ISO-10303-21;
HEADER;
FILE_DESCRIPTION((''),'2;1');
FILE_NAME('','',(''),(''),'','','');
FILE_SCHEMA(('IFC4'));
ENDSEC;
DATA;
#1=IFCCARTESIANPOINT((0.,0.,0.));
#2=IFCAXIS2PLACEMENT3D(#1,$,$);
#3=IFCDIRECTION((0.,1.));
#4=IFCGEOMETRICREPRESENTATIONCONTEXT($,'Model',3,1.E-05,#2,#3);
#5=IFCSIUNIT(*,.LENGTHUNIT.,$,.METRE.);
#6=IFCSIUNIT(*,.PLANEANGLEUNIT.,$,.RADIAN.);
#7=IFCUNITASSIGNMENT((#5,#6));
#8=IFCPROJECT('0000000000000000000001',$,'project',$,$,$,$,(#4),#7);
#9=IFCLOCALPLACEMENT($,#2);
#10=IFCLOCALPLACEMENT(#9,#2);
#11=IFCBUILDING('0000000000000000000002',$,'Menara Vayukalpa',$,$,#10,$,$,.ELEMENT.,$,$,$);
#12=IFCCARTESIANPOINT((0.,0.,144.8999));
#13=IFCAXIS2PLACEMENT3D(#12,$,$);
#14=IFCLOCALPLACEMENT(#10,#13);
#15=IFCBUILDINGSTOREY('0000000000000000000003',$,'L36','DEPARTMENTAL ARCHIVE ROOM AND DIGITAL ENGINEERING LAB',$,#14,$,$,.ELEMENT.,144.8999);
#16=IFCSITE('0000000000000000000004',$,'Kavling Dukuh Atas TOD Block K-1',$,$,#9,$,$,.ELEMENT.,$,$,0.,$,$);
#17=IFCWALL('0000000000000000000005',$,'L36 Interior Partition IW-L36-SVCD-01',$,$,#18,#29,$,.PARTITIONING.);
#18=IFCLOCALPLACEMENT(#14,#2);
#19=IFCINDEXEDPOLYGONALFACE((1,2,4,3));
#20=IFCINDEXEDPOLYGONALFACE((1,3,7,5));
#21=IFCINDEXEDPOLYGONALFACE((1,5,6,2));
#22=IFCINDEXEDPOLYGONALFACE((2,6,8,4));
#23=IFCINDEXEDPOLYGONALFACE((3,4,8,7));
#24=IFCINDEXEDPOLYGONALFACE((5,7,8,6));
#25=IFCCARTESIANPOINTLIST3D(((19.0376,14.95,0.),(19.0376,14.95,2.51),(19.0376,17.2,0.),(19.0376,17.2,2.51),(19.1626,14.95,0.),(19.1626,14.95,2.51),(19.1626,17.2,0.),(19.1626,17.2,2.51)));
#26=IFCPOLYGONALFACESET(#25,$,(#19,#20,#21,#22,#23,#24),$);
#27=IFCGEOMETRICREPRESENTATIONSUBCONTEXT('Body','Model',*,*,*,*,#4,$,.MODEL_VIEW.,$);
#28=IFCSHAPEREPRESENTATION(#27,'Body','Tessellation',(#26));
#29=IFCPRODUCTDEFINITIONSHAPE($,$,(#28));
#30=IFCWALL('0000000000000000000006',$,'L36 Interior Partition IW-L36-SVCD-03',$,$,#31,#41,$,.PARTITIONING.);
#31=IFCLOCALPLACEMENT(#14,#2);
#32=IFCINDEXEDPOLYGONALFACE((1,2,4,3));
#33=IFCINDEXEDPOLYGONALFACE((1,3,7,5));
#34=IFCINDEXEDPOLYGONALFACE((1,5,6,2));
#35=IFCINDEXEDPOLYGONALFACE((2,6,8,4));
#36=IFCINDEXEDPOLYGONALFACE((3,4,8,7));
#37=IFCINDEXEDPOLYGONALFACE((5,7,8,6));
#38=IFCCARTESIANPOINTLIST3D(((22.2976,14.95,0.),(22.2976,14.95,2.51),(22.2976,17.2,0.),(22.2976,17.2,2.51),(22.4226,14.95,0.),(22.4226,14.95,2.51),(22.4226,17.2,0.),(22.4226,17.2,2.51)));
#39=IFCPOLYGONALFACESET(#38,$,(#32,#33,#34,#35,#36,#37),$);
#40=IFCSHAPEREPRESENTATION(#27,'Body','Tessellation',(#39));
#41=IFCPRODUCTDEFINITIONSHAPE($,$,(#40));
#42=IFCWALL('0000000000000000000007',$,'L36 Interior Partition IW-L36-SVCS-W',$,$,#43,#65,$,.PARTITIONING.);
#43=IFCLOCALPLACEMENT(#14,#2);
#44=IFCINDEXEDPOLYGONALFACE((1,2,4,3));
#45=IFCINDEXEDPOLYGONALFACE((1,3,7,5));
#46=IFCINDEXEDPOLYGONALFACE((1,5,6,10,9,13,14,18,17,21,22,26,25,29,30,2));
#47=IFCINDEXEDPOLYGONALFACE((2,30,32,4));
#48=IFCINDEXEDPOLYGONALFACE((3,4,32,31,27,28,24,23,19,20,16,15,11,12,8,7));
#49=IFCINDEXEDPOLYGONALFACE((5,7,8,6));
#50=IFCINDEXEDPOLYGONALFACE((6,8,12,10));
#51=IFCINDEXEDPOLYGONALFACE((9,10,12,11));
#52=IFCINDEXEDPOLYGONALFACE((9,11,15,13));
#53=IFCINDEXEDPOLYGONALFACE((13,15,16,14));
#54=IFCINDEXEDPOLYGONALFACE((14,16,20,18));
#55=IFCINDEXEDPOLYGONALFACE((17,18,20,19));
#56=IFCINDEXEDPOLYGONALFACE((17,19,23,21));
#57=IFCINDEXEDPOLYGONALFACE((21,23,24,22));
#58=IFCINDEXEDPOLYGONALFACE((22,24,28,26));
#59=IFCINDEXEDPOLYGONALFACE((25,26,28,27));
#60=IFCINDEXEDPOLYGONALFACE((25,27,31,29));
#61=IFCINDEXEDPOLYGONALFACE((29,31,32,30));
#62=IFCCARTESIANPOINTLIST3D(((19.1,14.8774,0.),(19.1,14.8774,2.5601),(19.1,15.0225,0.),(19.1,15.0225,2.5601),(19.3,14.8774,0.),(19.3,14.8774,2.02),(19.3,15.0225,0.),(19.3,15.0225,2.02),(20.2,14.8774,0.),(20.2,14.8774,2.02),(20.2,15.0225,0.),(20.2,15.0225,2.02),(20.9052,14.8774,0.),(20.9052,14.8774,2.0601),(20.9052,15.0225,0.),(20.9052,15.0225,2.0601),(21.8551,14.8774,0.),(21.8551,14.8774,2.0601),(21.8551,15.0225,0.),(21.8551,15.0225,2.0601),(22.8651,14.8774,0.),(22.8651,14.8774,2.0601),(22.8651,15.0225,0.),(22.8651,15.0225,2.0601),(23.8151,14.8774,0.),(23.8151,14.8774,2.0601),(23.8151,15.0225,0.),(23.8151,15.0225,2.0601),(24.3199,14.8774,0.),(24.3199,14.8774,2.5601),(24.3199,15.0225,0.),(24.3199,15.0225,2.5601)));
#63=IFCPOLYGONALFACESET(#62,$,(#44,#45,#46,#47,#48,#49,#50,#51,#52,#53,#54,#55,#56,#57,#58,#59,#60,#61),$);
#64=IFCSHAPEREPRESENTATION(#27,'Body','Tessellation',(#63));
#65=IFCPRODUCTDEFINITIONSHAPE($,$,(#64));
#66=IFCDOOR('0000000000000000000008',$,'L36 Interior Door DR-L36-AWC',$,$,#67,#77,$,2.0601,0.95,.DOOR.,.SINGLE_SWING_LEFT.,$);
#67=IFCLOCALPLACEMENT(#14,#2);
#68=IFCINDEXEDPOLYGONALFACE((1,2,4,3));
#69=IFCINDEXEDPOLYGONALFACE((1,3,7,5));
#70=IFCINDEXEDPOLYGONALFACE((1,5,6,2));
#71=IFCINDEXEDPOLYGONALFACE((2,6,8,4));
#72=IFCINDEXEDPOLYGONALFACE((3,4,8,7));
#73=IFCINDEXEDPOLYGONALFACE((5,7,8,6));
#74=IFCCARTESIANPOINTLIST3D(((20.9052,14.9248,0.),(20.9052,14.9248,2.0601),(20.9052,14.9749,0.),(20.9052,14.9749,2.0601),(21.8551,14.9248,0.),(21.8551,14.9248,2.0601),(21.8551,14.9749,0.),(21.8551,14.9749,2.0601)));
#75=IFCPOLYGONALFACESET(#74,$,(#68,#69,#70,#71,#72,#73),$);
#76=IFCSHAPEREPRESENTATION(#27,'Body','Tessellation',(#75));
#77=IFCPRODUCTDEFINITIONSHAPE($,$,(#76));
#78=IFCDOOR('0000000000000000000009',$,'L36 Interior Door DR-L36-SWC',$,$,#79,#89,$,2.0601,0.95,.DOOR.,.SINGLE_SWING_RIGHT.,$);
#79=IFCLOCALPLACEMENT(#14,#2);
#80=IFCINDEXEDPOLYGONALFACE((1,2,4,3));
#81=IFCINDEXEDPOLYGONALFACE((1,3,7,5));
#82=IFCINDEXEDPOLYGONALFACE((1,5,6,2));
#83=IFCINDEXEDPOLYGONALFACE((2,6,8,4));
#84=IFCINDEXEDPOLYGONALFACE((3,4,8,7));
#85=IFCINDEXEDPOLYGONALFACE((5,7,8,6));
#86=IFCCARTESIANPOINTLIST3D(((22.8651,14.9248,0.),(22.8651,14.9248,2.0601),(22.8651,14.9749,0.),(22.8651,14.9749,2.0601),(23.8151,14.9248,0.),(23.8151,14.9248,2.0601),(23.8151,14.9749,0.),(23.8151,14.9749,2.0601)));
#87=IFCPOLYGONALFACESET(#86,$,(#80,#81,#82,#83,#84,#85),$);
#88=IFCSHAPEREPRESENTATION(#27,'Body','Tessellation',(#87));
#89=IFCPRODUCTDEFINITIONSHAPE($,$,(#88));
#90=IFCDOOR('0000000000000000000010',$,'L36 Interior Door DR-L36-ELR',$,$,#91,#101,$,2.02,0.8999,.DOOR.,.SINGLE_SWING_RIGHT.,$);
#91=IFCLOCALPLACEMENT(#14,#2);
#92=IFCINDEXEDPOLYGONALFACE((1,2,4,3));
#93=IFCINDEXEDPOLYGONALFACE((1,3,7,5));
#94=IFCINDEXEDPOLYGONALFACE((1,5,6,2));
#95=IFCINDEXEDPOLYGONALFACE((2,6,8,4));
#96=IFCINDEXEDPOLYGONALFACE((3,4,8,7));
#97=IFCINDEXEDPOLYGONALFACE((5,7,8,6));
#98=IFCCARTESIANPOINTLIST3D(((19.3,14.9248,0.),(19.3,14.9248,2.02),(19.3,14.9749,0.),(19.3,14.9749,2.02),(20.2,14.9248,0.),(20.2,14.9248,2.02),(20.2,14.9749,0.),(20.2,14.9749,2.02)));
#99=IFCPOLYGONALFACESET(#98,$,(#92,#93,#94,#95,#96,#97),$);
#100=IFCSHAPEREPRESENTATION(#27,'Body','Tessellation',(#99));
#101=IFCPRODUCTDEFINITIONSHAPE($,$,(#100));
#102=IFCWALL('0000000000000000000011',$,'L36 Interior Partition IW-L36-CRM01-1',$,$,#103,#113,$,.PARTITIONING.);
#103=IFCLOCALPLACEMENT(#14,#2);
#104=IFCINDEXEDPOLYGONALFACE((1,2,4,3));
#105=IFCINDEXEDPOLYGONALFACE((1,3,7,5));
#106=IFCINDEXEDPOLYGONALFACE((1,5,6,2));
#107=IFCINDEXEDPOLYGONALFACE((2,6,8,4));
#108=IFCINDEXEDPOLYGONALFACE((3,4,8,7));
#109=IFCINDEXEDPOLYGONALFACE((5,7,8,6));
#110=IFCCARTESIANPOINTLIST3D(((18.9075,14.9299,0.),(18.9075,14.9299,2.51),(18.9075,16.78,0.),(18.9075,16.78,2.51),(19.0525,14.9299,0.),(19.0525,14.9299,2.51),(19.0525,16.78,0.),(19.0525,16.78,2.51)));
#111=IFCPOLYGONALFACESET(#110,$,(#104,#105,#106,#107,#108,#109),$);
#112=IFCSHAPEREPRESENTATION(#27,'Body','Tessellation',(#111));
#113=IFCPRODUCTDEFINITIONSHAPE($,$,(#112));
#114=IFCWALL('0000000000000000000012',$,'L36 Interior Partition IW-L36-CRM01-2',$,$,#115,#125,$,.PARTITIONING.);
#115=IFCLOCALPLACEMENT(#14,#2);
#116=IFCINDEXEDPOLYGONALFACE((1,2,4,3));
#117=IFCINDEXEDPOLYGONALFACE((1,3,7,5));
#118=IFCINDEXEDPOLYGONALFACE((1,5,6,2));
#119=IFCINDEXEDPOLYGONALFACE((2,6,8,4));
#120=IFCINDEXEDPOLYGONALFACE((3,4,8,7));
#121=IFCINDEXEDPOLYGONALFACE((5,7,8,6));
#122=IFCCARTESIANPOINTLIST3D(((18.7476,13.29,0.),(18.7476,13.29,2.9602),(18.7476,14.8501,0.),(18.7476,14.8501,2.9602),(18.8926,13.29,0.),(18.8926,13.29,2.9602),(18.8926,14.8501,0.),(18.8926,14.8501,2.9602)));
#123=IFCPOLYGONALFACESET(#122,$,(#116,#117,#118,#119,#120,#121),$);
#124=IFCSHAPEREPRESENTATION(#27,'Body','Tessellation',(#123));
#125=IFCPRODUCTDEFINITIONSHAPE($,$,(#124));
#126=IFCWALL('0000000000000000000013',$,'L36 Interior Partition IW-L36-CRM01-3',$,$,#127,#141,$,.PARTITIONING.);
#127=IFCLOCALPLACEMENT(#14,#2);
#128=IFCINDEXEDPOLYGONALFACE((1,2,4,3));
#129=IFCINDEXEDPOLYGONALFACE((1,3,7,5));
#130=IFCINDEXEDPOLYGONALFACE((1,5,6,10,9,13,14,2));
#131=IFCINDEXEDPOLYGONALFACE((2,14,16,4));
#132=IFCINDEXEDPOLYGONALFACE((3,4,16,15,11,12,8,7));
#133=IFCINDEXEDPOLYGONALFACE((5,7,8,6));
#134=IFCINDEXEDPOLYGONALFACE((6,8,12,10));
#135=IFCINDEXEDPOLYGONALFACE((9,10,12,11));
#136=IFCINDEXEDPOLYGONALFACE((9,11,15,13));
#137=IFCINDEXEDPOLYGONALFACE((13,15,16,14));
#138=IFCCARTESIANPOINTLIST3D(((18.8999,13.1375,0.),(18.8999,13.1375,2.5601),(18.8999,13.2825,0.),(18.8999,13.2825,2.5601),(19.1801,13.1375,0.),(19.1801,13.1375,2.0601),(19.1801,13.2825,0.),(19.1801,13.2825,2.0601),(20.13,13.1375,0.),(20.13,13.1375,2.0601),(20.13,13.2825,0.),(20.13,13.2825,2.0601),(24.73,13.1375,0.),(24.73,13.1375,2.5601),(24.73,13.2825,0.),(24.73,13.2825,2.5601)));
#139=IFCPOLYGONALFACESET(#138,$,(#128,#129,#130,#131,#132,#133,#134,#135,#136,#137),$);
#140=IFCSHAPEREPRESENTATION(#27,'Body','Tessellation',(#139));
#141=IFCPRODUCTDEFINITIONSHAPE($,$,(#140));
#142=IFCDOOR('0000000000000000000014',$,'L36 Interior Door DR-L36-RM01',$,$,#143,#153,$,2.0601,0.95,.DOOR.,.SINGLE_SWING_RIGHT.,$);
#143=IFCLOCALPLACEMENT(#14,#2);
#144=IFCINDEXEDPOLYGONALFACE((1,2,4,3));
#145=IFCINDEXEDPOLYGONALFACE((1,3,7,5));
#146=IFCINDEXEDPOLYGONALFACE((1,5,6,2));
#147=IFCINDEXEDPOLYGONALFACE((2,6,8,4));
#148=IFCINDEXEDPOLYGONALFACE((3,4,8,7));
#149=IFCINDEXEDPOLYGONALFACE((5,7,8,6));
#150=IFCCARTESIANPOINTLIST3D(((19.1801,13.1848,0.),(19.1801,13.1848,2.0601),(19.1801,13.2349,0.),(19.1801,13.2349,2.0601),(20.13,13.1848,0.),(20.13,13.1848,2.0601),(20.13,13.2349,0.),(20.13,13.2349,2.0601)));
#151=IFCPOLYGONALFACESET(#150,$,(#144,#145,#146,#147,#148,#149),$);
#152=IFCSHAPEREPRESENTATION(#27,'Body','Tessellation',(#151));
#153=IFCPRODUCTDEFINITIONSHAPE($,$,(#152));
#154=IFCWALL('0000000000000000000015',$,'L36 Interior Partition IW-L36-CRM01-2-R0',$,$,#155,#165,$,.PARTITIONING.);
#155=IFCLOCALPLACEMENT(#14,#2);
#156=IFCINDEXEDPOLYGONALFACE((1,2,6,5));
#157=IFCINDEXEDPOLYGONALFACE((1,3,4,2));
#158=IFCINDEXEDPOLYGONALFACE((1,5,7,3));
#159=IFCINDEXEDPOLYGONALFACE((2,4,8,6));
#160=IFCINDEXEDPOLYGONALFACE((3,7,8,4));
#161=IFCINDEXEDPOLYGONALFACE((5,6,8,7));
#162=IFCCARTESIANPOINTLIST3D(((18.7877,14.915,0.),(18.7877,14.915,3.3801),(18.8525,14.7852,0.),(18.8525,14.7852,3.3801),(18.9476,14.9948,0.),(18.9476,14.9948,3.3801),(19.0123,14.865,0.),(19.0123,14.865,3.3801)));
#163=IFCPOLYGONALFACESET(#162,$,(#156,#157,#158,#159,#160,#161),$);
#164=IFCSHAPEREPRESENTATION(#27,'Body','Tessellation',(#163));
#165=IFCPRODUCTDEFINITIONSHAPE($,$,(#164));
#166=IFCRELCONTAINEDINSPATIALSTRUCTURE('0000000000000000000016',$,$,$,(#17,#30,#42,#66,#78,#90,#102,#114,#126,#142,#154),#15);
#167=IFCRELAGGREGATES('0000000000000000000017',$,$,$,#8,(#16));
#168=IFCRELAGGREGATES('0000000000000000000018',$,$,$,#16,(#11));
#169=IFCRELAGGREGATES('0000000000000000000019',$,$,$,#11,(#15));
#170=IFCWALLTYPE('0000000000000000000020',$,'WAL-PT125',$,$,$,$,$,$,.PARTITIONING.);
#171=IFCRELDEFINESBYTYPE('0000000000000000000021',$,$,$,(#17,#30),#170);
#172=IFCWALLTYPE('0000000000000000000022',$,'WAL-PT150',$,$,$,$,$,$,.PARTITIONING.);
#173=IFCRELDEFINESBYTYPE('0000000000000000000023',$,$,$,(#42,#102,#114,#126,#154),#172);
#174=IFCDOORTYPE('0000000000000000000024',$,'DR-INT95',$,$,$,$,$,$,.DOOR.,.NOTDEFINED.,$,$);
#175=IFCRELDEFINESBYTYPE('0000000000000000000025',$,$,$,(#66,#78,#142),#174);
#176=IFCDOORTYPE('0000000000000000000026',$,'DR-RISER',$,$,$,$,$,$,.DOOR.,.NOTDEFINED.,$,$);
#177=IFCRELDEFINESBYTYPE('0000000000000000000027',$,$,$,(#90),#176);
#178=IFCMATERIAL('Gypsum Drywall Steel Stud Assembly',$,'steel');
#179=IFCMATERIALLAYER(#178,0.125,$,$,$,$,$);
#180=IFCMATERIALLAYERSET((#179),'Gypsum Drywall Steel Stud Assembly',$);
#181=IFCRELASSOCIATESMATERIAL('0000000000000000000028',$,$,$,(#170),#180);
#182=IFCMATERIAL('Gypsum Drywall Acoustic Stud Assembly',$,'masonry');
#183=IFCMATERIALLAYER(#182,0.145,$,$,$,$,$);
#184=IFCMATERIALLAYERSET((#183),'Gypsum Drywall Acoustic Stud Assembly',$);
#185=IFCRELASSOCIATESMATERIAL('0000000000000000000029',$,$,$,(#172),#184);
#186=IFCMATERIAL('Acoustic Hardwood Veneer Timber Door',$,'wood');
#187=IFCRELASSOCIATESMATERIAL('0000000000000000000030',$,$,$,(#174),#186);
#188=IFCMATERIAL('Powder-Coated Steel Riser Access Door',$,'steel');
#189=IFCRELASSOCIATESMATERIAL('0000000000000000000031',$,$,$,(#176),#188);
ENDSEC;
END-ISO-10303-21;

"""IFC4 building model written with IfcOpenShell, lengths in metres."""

from ifc_helpers import new_model, si_unit, direction, frame, frame_2d, origin, place, context, subcontext, project, spatial, rectangle, extrude, material, layer, layer_set, type_object, element, fill, save


model = new_model("IFC4")

# Units and contexts
model_context = context("Model", 3, precision=1e-05, world=origin(), true_north=direction((0.0, 1.0)))
body_context = subcontext(model_context, "Body", "Model", "MODEL_VIEW")
ifc_project = project(units=[si_unit("LENGTHUNIT", "METRE"), si_unit("PLANEANGLEUNIT", "RADIAN")], contexts=[model_context])

# Site, building, storey
site_placement = place(None, origin())
site = spatial("IfcSite", under=ifc_project, at=site_placement, Name="Kavling Dukuh Atas TOD Block K-1", CompositionType="ELEMENT", RefElevation=0.0)
building_placement = place(site_placement, origin())
building = spatial("IfcBuilding", under=site, at=building_placement, Name="Menara Vayukalpa", CompositionType="ELEMENT")
storey_placement = place(building_placement, frame((0.0, 0.0, 144.8999)))
storey = spatial("IfcBuildingStorey", under=building, at=storey_placement, Name="L36", Description="DEPARTMENTAL ARCHIVE ROOM AND DIGITAL ENGINEERING LAB", CompositionType="ELEMENT", Elevation=144.8999)

# Walls
ifc_material_1 = material(Name="Gypsum Drywall Steel Stud Assembly", Category="steel")
ifc_layer_1 = layer(ifc_material_1, 0.125)
ifc_layer_set_1 = layer_set([ifc_layer_1], Name="Gypsum Drywall Steel Stud Assembly")
wall_type_1 = type_object("IfcWallType", Name="WAL-PT125", PredefinedType="PARTITIONING", material=ifc_layer_set_1)
for number, where, z_axis, x_axis, name in (
    (1, (19.1001, 14.95, 0.0), (0.0, 0.0, 1.0), (0.0, 1.0, 0.0), "L36 Interior Partition IW-L36-SVCD-01"),
    (2, (22.3601, 14.95, 0.0), (0.0, 0.0, 1.0), (0.0, 1.0, 0.0), "L36 Interior Partition IW-L36-SVCD-03"),
):
    element("IfcWall", number, at=place(storey_placement, frame(where, z_axis=z_axis, x_axis=x_axis)), inside=storey, type_object=wall_type_1, Name=name, PredefinedType="PARTITIONING", context=body_context, shape_type="SweptSolid", body=[
        extrude(rectangle(XDim=2.25, YDim=0.125, at=frame_2d((1.125, 0.0))), origin(), (0.0, 0.0, 1.0), 2.51),
    ])

# Wall, openings, doors
ifc_material_2 = material(Name="Gypsum Drywall Acoustic Stud Assembly", Category="masonry")
ifc_layer_2 = layer(ifc_material_2, 0.145)
ifc_layer_set_2 = layer_set([ifc_layer_2], Name="Gypsum Drywall Acoustic Stud Assembly")
wall_type_2 = type_object("IfcWallType", Name="WAL-PT150", PredefinedType="PARTITIONING", material=ifc_layer_set_2)
wall_1_placement = place(storey_placement, frame((19.1001, 14.95, 0.0), z_axis=(0.0, 0.0, 1.0), x_axis=(1.0, 0.0, 0.0)))
wall_1 = element("IfcWall", 3, at=wall_1_placement, inside=storey, type_object=wall_type_2, Name="L36 Interior Partition IW-L36-SVCS-W", PredefinedType="PARTITIONING", context=body_context, shape_type="SweptSolid", body=[
    extrude(rectangle(XDim=5.22, YDim=0.145, at=frame_2d((2.6099, 0.0))), origin(), (0.0, 0.0, 1.0), 2.5601),
])
opening_1_placement = place(wall_1_placement, frame((0.2, 0.0, 0.0)))
opening_1 = element("IfcOpeningElement", 4, at=opening_1_placement, cuts=wall_1, PredefinedType="OPENING", context=body_context, shape_type="SweptSolid", body=[
    extrude(rectangle(XDim=0.8999, YDim=2.02, at=frame_2d((0.45, 1.01))), frame((0.0, 0.0825, 0.0), z_axis=(0.0, -1.0, 0.0), x_axis=(1.0, 0.0, 0.0)), (0.0, 0.0, 1.0), 0.165),
])
opening_2_placement = place(wall_1_placement, frame((1.8049, 0.0, 0.0)))
opening_2 = element("IfcOpeningElement", 5, at=opening_2_placement, cuts=wall_1, PredefinedType="OPENING", context=body_context, shape_type="SweptSolid", body=[
    extrude(rectangle(XDim=0.95, YDim=2.0601, at=frame_2d((0.4751, 1.03))), frame((0.0, 0.0825, 0.0), z_axis=(0.0, -1.0, 0.0), x_axis=(1.0, 0.0, 0.0)), (0.0, 0.0, 1.0), 0.165),
])
opening_3_placement = place(wall_1_placement, frame((3.7649, 0.0, 0.0)))
opening_3 = element("IfcOpeningElement", 6, at=opening_3_placement, cuts=wall_1, PredefinedType="OPENING", context=body_context, shape_type="SweptSolid", body=[
    extrude(rectangle(XDim=0.95, YDim=2.0601, at=frame_2d((0.4751, 1.03))), frame((0.0, 0.0825, 0.0), z_axis=(0.0, -1.0, 0.0), x_axis=(1.0, 0.0, 0.0)), (0.0, 0.0, 1.0), 0.165),
])
ifc_material_3 = material(Name="Acoustic Hardwood Veneer Timber Door", Category="wood")
door_type_1 = type_object("IfcDoorType", Name="DR-INT95", OperationType="NOTDEFINED", PredefinedType="DOOR", material=ifc_material_3)
door_1_placement = place(opening_2_placement, origin())
door_1 = element("IfcDoor", 7, at=door_1_placement, inside=storey, type_object=door_type_1, Name="L36 Interior Door DR-L36-AWC", OperationType="SINGLE_SWING_LEFT", OverallHeight=2.0601, OverallWidth=0.95, PredefinedType="DOOR", context=body_context, shape_type="SweptSolid", body=[
    extrude(rectangle(XDim=0.95, YDim=2.0601, at=frame_2d((0.4751, 1.03))), frame((0.0, 0.0249, 0.0), z_axis=(0.0, -1.0, 0.0), x_axis=(1.0, 0.0, 0.0)), (0.0, 0.0, 1.0), 0.05),
])
fill(opening_2, door_1)
door_2_placement = place(opening_3_placement, origin())
door_2 = element("IfcDoor", 8, at=door_2_placement, inside=storey, type_object=door_type_1, Name="L36 Interior Door DR-L36-SWC", OperationType="SINGLE_SWING_RIGHT", OverallHeight=2.0601, OverallWidth=0.95, PredefinedType="DOOR", context=body_context, shape_type="SweptSolid", body=[
    extrude(rectangle(XDim=0.95, YDim=2.0601, at=frame_2d((0.4751, 1.03))), frame((0.0, 0.0249, 0.0), z_axis=(0.0, -1.0, 0.0), x_axis=(1.0, 0.0, 0.0)), (0.0, 0.0, 1.0), 0.05),
])
fill(opening_3, door_2)
ifc_material_4 = material(Name="Powder-Coated Steel Riser Access Door", Category="steel")
door_type_2 = type_object("IfcDoorType", Name="DR-RISER", OperationType="NOTDEFINED", PredefinedType="DOOR", material=ifc_material_4)
door_3_placement = place(opening_1_placement, origin())
door_3 = element("IfcDoor", 9, at=door_3_placement, inside=storey, type_object=door_type_2, Name="L36 Interior Door DR-L36-ELR", OperationType="SINGLE_SWING_RIGHT", OverallHeight=2.02, OverallWidth=0.8999, PredefinedType="DOOR", context=body_context, shape_type="SweptSolid", body=[
    extrude(rectangle(XDim=0.8999, YDim=2.02, at=frame_2d((0.45, 1.01))), frame((0.0, 0.0249, 0.0), z_axis=(0.0, -1.0, 0.0), x_axis=(1.0, 0.0, 0.0)), (0.0, 0.0, 1.0), 0.05),
])
fill(opening_1, door_3)

# Walls
wall_2_placement = place(storey_placement, frame((18.98, 16.78, 0.0), z_axis=(0.0, 0.0, 1.0), x_axis=(0.0, -1.0, 0.0)))
element("IfcWall", 10, at=wall_2_placement, inside=storey, type_object=wall_type_2, Name="L36 Interior Partition IW-L36-CRM01-1", PredefinedType="PARTITIONING", context=body_context, shape_type="SweptSolid", body=[
    extrude(rectangle(XDim=1.8501, YDim=0.145, at=frame_2d((0.925, 0.0))), origin(), (0.0, 0.0, 1.0), 2.51),
])
wall_3_placement = place(storey_placement, frame((18.8201, 14.8501, 0.0), z_axis=(0.0, 0.0, 1.0), x_axis=(0.0, -1.0, 0.0)))
element("IfcWall", 11, at=wall_3_placement, inside=storey, type_object=wall_type_2, Name="L36 Interior Partition IW-L36-CRM01-2", PredefinedType="PARTITIONING", context=body_context, shape_type="SweptSolid", body=[
    extrude(rectangle(XDim=1.5601, YDim=0.145, at=frame_2d((0.78, 0.0))), origin(), (0.0, 0.0, 1.0), 2.9602),
])

# Wall, opening, door
wall_4_placement = place(storey_placement, frame((18.8999, 13.21, 0.0), z_axis=(0.0, 0.0, 1.0), x_axis=(1.0, 0.0, 0.0)))
wall_4 = element("IfcWall", 12, at=wall_4_placement, inside=storey, type_object=wall_type_2, Name="L36 Interior Partition IW-L36-CRM01-3", PredefinedType="PARTITIONING", context=body_context, shape_type="SweptSolid", body=[
    extrude(rectangle(XDim=5.8301, YDim=0.145, at=frame_2d((2.915, 0.0))), origin(), (0.0, 0.0, 1.0), 2.5601),
])
opening_4_placement = place(wall_4_placement, frame((0.28, 0.0, 0.0)))
opening_4 = element("IfcOpeningElement", 13, at=opening_4_placement, cuts=wall_4, PredefinedType="OPENING", context=body_context, shape_type="SweptSolid", body=[
    extrude(rectangle(XDim=0.95, YDim=2.0601, at=frame_2d((0.4751, 1.03))), frame((0.0, 0.0825, 0.0), z_axis=(0.0, -1.0, 0.0), x_axis=(1.0, 0.0, 0.0)), (0.0, 0.0, 1.0), 0.165),
])
door_4_placement = place(opening_4_placement, origin())
door_4 = element("IfcDoor", 14, at=door_4_placement, inside=storey, type_object=door_type_1, Name="L36 Interior Door DR-L36-RM01", OperationType="SINGLE_SWING_RIGHT", OverallHeight=2.0601, OverallWidth=0.95, PredefinedType="DOOR", context=body_context, shape_type="SweptSolid", body=[
    extrude(rectangle(XDim=0.95, YDim=2.0601, at=frame_2d((0.4751, 1.03))), frame((0.0, 0.0249, 0.0), z_axis=(0.0, -1.0, 0.0), x_axis=(1.0, 0.0, 0.0)), (0.0, 0.0, 1.0), 0.05),
])
fill(opening_4, door_4)

# Wall
wall_5_placement = place(storey_placement, frame((18.8201, 14.8501, 0.0), z_axis=(0.0, 0.0, 1.0), x_axis=(0.8947, 0.446667, 0.0)))
element("IfcWall", 15, at=wall_5_placement, inside=storey, type_object=wall_type_2, Name="L36 Interior Partition IW-L36-CRM01-2-R0", PredefinedType="PARTITIONING", context=body_context, shape_type="SweptSolid", body=[
    extrude(rectangle(XDim=0.1787, YDim=0.145, at=frame_2d((0.0894, 0.0))), origin(), (0.0, 0.0, 1.0), 3.3801),
])

save(model, "model.ifc")
